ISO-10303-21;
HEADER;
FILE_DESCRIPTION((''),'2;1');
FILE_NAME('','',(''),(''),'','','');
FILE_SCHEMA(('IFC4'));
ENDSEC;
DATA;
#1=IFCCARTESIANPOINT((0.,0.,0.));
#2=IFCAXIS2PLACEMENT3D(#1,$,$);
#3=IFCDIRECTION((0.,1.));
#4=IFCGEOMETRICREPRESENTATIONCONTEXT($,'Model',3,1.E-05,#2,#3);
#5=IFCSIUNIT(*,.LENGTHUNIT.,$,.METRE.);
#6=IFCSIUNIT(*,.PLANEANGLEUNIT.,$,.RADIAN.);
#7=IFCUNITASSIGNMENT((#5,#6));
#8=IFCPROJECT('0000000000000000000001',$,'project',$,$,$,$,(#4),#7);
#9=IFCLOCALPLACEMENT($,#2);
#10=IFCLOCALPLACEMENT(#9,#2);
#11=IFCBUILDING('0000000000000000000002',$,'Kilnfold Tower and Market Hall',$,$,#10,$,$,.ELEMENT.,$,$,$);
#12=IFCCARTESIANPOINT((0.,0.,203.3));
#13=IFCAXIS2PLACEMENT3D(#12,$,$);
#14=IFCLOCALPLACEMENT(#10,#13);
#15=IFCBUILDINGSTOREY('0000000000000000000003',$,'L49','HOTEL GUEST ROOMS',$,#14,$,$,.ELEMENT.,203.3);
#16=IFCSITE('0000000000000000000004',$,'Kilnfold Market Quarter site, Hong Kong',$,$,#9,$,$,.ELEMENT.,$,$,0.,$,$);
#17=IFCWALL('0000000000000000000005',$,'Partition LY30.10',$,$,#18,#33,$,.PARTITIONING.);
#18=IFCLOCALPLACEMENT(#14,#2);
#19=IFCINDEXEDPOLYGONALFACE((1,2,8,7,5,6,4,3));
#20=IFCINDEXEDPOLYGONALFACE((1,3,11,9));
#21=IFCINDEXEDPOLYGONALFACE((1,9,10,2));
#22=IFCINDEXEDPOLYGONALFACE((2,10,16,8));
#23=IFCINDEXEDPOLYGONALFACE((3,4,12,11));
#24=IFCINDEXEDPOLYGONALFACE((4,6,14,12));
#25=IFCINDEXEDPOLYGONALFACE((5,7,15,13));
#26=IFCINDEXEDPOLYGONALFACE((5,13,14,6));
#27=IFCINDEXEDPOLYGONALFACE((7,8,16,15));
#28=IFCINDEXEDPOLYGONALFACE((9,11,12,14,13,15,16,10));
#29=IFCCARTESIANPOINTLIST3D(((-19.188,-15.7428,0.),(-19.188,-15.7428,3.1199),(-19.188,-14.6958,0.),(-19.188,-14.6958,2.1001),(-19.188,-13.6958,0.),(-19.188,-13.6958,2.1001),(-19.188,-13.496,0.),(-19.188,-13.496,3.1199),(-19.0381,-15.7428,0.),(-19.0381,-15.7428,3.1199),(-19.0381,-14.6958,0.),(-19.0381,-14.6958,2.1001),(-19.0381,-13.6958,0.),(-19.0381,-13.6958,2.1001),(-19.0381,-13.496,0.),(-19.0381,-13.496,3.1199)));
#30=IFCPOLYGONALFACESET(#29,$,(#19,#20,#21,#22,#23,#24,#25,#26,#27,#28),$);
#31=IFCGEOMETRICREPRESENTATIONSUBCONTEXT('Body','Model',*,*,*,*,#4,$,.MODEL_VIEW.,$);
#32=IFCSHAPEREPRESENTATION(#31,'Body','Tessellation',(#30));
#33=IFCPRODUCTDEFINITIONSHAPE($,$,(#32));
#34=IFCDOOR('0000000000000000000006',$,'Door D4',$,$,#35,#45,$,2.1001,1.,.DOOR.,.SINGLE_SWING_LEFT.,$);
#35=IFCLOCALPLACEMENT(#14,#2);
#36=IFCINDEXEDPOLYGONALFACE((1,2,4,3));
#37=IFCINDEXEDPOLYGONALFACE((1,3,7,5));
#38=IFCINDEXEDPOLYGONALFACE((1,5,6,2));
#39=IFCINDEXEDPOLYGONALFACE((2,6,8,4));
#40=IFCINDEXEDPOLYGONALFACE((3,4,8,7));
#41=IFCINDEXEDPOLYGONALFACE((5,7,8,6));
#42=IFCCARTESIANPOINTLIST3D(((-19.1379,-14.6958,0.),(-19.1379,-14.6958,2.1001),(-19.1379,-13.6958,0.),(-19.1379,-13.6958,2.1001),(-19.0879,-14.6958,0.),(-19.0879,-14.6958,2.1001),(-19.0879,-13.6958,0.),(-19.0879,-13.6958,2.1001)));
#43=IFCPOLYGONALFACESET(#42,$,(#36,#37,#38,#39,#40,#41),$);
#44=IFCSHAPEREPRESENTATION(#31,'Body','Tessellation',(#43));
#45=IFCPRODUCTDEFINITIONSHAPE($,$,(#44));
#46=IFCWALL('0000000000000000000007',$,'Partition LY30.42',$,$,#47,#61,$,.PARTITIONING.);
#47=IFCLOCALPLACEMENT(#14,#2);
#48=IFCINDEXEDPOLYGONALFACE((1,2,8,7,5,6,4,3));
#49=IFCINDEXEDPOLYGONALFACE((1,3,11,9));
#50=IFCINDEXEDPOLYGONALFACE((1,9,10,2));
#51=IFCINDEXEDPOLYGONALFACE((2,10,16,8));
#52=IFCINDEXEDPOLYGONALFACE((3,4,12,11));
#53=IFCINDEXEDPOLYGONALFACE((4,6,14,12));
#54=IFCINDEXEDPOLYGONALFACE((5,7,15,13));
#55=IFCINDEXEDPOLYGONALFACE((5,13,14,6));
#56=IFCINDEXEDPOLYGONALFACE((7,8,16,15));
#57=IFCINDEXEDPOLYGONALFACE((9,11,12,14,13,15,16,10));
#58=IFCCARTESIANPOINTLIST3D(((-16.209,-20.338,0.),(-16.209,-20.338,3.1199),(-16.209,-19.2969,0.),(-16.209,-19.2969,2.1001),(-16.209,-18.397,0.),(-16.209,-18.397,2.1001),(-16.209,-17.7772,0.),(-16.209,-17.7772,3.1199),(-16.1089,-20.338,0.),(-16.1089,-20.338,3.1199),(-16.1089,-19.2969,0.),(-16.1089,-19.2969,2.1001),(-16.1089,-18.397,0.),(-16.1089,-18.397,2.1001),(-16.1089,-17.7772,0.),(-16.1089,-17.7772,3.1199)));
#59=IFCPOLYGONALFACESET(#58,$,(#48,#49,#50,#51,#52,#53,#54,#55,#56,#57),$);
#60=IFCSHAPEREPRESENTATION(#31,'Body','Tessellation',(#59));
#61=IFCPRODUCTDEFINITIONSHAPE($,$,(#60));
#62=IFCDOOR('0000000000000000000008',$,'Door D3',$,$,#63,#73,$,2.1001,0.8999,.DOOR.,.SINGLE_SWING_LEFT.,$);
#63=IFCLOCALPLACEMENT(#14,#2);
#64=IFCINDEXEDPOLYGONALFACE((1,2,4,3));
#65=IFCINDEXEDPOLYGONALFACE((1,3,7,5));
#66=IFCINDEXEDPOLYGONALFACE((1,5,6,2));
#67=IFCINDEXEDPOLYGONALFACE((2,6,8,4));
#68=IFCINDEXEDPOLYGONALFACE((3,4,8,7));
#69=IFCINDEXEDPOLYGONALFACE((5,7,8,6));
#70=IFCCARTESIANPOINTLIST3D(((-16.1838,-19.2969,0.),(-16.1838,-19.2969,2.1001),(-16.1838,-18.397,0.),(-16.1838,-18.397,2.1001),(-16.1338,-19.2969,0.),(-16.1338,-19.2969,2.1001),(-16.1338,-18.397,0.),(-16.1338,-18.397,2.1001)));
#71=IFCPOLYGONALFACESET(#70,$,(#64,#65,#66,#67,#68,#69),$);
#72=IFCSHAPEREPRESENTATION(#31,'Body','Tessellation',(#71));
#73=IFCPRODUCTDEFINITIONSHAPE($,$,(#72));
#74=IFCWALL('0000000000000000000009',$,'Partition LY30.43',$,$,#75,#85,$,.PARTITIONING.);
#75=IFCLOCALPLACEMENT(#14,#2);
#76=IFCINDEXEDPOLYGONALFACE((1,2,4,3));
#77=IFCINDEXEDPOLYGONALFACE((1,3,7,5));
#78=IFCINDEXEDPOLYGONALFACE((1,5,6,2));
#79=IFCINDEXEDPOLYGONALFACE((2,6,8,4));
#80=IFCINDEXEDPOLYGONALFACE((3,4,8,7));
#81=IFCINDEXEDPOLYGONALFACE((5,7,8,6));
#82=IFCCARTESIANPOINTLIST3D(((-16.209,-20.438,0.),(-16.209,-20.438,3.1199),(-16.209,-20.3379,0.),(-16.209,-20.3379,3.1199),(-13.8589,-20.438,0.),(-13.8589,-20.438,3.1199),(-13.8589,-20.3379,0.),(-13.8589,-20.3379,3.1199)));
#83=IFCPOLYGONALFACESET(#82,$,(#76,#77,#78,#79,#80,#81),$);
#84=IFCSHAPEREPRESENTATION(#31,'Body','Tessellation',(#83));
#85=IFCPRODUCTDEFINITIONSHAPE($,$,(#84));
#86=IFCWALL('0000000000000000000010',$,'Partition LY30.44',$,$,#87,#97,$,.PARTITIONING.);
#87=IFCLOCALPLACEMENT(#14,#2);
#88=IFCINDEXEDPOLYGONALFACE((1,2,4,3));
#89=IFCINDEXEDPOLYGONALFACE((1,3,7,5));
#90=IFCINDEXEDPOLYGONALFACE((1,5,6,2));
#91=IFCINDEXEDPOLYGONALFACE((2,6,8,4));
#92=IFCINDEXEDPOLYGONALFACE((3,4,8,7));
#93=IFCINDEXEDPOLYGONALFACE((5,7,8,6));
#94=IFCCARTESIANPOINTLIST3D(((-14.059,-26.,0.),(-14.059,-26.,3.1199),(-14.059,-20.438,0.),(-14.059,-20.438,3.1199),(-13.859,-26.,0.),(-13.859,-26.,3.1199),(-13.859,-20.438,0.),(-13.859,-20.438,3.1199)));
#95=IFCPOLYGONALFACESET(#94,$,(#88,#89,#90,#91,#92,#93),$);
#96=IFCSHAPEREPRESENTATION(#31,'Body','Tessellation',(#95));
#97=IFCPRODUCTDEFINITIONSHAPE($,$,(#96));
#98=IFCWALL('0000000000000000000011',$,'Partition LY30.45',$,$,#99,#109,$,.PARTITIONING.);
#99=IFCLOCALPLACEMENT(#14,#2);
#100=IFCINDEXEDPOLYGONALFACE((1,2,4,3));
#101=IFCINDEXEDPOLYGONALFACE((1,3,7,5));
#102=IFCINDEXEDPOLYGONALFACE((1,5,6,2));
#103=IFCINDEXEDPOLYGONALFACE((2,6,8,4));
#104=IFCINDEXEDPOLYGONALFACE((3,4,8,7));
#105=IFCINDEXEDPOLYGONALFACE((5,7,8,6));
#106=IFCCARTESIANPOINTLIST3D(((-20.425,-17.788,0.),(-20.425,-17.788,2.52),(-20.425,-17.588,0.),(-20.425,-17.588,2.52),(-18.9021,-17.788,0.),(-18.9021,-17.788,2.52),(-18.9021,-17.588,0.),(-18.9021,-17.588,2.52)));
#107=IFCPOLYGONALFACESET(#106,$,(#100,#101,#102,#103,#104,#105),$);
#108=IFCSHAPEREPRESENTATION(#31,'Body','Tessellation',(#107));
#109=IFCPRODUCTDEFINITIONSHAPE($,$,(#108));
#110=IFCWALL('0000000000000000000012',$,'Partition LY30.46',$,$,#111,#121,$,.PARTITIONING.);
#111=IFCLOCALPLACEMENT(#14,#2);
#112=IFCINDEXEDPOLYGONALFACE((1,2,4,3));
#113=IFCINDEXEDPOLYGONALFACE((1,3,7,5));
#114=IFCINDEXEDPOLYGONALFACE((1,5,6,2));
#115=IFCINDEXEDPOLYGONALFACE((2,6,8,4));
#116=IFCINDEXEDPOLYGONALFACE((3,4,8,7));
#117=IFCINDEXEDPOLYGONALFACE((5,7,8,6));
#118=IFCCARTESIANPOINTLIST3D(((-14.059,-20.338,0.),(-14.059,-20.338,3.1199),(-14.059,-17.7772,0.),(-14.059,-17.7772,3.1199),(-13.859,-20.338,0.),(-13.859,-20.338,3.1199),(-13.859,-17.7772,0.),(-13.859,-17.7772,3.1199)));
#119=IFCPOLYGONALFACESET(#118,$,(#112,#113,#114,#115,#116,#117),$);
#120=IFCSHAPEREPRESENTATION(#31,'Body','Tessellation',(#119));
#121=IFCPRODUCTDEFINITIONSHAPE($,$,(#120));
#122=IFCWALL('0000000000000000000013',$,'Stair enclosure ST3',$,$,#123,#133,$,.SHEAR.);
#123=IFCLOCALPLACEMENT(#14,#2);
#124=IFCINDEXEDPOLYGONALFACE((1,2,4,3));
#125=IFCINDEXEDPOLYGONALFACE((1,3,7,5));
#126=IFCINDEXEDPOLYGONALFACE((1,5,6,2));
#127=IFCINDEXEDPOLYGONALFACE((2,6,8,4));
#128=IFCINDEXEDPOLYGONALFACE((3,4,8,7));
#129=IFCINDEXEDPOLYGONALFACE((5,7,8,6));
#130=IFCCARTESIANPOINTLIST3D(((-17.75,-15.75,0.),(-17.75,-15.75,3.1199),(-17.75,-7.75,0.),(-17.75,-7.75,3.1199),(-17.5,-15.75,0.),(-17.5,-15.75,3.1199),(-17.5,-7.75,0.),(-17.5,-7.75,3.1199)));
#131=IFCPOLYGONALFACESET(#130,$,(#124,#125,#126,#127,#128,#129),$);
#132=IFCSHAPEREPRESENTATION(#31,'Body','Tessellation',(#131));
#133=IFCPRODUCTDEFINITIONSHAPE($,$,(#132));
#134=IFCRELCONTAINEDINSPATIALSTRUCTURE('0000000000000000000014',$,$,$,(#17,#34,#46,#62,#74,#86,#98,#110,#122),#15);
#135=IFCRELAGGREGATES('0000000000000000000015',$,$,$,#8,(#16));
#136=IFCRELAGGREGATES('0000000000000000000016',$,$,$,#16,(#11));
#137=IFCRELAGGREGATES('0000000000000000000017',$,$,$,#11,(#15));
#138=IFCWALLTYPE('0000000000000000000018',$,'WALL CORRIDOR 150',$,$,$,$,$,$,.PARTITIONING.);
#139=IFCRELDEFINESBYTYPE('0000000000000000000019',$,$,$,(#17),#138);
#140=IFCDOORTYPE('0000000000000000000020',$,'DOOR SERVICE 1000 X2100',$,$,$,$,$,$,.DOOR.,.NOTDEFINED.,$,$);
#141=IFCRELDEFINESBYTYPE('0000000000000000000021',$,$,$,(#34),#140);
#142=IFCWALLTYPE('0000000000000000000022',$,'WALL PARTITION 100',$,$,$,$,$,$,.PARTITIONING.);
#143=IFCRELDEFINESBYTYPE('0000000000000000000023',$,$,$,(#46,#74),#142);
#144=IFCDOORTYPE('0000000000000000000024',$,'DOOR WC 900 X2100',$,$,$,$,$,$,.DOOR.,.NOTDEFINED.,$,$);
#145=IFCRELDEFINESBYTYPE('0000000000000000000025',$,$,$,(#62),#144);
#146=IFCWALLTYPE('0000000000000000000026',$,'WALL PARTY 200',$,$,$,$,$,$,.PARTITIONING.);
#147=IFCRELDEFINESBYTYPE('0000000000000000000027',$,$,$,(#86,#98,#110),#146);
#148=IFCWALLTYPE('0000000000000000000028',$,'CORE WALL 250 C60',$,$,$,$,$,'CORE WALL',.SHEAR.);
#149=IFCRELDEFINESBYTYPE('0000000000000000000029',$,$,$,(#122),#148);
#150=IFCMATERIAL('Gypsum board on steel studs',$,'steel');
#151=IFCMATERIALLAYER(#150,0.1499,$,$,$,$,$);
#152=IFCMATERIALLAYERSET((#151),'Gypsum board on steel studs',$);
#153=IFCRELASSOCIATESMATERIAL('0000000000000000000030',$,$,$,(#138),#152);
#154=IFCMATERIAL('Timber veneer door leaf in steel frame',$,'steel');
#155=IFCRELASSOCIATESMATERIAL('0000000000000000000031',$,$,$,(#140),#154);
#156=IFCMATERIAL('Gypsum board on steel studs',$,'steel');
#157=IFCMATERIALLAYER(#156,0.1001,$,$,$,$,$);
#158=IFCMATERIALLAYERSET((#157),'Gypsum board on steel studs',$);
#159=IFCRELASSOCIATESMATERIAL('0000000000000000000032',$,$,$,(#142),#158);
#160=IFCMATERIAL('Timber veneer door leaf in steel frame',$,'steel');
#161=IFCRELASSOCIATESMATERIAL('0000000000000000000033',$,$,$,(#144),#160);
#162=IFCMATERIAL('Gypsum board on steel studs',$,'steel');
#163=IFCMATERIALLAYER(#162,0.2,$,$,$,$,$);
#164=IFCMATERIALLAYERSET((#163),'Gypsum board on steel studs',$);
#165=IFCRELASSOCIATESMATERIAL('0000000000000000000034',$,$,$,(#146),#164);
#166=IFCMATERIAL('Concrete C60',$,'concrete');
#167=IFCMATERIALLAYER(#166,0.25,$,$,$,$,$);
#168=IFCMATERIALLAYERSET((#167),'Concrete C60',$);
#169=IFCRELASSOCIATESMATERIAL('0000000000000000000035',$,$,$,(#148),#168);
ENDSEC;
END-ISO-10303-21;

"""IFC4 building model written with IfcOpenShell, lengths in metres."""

from ifc_helpers import new_model, si_unit, direction, frame, frame_2d, origin, place, context, subcontext, project, spatial, rectangle, extrude, source, transform, mapped, material, layer, layer_set, type_object, element, fill, save


model = new_model("IFC4")

# Units and contexts
model_context = context("Model", 3, precision=1e-05, world=origin(), true_north=direction((0.0, 1.0)))
body_context = subcontext(model_context, "Body", "Model", "MODEL_VIEW")
ifc_project = project(units=[si_unit("LENGTHUNIT", "METRE"), si_unit("PLANEANGLEUNIT", "RADIAN")], contexts=[model_context])

# Site, building, storey
site_placement = place(None, origin())
site = spatial("IfcSite", under=ifc_project, at=site_placement, Name="Kilnfold Market Quarter site, Hong Kong", CompositionType="ELEMENT", RefElevation=0.0)
building_placement = place(site_placement, origin())
building = spatial("IfcBuilding", under=site, at=building_placement, Name="Kilnfold Tower and Market Hall", CompositionType="ELEMENT")
storey_placement = place(building_placement, frame((0.0, 0.0, 203.3)))
storey = spatial("IfcBuildingStorey", under=building, at=storey_placement, Name="L49", Description="HOTEL GUEST ROOMS", CompositionType="ELEMENT", Elevation=203.3)

# Shared definitions
ifc_material_1 = material(Name="Gypsum board on steel studs", Category="steel")
ifc_layer_1 = layer(ifc_material_1, 0.1499)
ifc_layer_set_1 = layer_set([ifc_layer_1], Name="Gypsum board on steel studs")
wall_type_1 = type_object("IfcWallType", Name="WALL CORRIDOR 150", PredefinedType="PARTITIONING", material=ifc_layer_set_1)

# Walls, openings, doors
wall_1_placement = place(storey_placement, frame((-19.113, -15.7429, 0.0), z_axis=(0.0, 0.0, 1.0), x_axis=(0.0, 1.0, 0.0)))
wall_1 = element("IfcWall", 1, at=wall_1_placement, inside=storey, type_object=wall_type_1, Name="Partition LY30.10", PredefinedType="PARTITIONING", context=body_context, shape_type="SweptSolid", body=[
    extrude(rectangle(XDim=2.2468, YDim=0.1499, at=frame_2d((1.1235, 0.0))), origin(), (0.0, 0.0, 1.0), 3.1199),
])
opening_1_placement = place(wall_1_placement, frame((1.0471, 0.0, 0.0)))
opening_1 = element("IfcOpeningElement", 2, at=opening_1_placement, cuts=wall_1, PredefinedType="OPENING", context=body_context, shape_type="SweptSolid", body=[
    extrude(rectangle(XDim=1.0, YDim=2.1001, at=frame_2d((0.5, 1.05))), frame((0.0, 0.085, 0.0), z_axis=(0.0, -1.0, 0.0), x_axis=(1.0, 0.0, 0.0)), (0.0, 0.0, 1.0), 0.1699),
])
ifc_material_2 = material(Name="Timber veneer door leaf in steel frame", Category="steel")
door_type_1 = type_object("IfcDoorType", Name="DOOR SERVICE 1000 X2100", OperationType="NOTDEFINED", PredefinedType="DOOR", material=ifc_material_2)
door_1_placement = place(opening_1_placement, origin())
door_1 = element("IfcDoor", 3, at=door_1_placement, inside=storey, type_object=door_type_1, Name="Door D4", OperationType="SINGLE_SWING_LEFT", OverallHeight=2.1001, OverallWidth=1.0, PredefinedType="DOOR", context=body_context, shape_type="SweptSolid", body=[
    extrude(rectangle(XDim=1.0, YDim=2.1001, at=frame_2d((0.5, 1.05))), frame((0.0, 0.0249, 0.0), z_axis=(0.0, -1.0, 0.0), x_axis=(1.0, 0.0, 0.0)), (0.0, 0.0, 1.0), 0.05),
])
fill(opening_1, door_1)
ifc_material_3 = material(Name="Gypsum board on steel studs", Category="steel")
ifc_layer_2 = layer(ifc_material_3, 0.1001)
ifc_layer_set_2 = layer_set([ifc_layer_2], Name="Gypsum board on steel studs")
wall_type_2 = type_object("IfcWallType", Name="WALL PARTITION 100", PredefinedType="PARTITIONING", material=ifc_layer_set_2)
wall_2_placement = place(storey_placement, frame((-16.1589, -20.3379, 0.0), z_axis=(0.0, 0.0, 1.0), x_axis=(0.0, 1.0, 0.0)))
wall_2 = element("IfcWall", 4, at=wall_2_placement, inside=storey, type_object=wall_type_2, Name="Partition LY30.42", PredefinedType="PARTITIONING", context=body_context, shape_type="SweptSolid", body=[
    extrude(rectangle(XDim=2.5608, YDim=0.1001, at=frame_2d((1.2803, 0.0))), origin(), (0.0, 0.0, 1.0), 3.1199),
])
opening_2_placement = place(wall_2_placement, frame((1.041, 0.0, 0.0)))
opening_2 = element("IfcOpeningElement", 5, at=opening_2_placement, cuts=wall_2, PredefinedType="OPENING", context=body_context, shape_type="SweptSolid", body=[
    extrude(rectangle(XDim=0.8999, YDim=2.1001, at=frame_2d((0.45, 1.05))), frame((0.0, 0.0601, 0.0), z_axis=(0.0, -1.0, 0.0), x_axis=(1.0, 0.0, 0.0)), (0.0, 0.0, 1.0), 0.1201),
])
ifc_material_4 = material(Name="Timber veneer door leaf in steel frame", Category="steel")
door_type_2 = type_object("IfcDoorType", Name="DOOR WC 900 X2100", OperationType="NOTDEFINED", PredefinedType="DOOR", material=ifc_material_4)
door_2_placement = place(opening_2_placement, origin())
door_2 = element("IfcDoor", 6, at=door_2_placement, inside=storey, type_object=door_type_2, Name="Door D3", OperationType="SINGLE_SWING_LEFT", OverallHeight=2.1001, OverallWidth=0.8999, PredefinedType="DOOR", context=body_context, shape_type="SweptSolid", body=[
    extrude(rectangle(XDim=0.8999, YDim=2.1001, at=frame_2d((0.45, 1.05))), frame((0.0, 0.0249, 0.0), z_axis=(0.0, -1.0, 0.0), x_axis=(1.0, 0.0, 0.0)), (0.0, 0.0, 1.0), 0.05),
])
fill(opening_2, door_2)

# Walls
wall_3_placement = place(storey_placement, frame((-16.209, -20.3879, 0.0), z_axis=(0.0, 0.0, 1.0), x_axis=(1.0, 0.0, 0.0)))
element("IfcWall", 7, at=wall_3_placement, inside=storey, type_object=wall_type_2, Name="Partition LY30.43", PredefinedType="PARTITIONING", context=body_context, shape_type="SweptSolid", body=[
    extrude(rectangle(XDim=2.3501, YDim=0.1001, at=frame_2d((1.175, 0.0))), origin(), (0.0, 0.0, 1.0), 3.1199),
])
ifc_material_5 = material(Name="Gypsum board on steel studs", Category="steel")
ifc_layer_3 = layer(ifc_material_5, 0.2)
ifc_layer_set_3 = layer_set([ifc_layer_3], Name="Gypsum board on steel studs")
wall_type_3 = type_object("IfcWallType", Name="WALL PARTY 200", PredefinedType="PARTITIONING", material=ifc_layer_set_3)
wall_4_placement = place(storey_placement, frame((-13.959, -26.0, 0.0), z_axis=(0.0, 0.0, 1.0), x_axis=(0.0, 1.0, 0.0)))
element("IfcWall", 8, at=wall_4_placement, inside=storey, type_object=wall_type_3, Name="Partition LY30.44", PredefinedType="PARTITIONING", context=body_context, shape_type="SweptSolid", body=[
    extrude(rectangle(XDim=5.562, YDim=0.2, at=frame_2d((2.781, 0.0))), origin(), (0.0, 0.0, 1.0), 3.1199),
])
wall_5_placement = place(storey_placement, frame((-20.425, -17.688, 0.0), z_axis=(0.0, 0.0, 1.0), x_axis=(1.0, 0.0, 0.0)))
element("IfcWall", 9, at=wall_5_placement, inside=storey, type_object=wall_type_3, Name="Partition LY30.45", PredefinedType="PARTITIONING", context=body_context, shape_type="SweptSolid", body=[
    extrude(rectangle(XDim=1.5229, YDim=0.2, at=frame_2d((0.7615, 0.0))), origin(), (0.0, 0.0, 1.0), 2.52),
])
wall_6_placement = place(storey_placement, frame((-13.959, -20.3379, 0.0), z_axis=(0.0, 0.0, 1.0), x_axis=(0.0, 1.0, 0.0)))
element("IfcWall", 10, at=wall_6_placement, inside=storey, type_object=wall_type_3, Name="Partition LY30.46", PredefinedType="PARTITIONING", context=body_context, shape_type="SweptSolid", body=[
    extrude(rectangle(XDim=2.5608, YDim=0.2, at=frame_2d((1.2803, 0.0))), origin(), (0.0, 0.0, 1.0), 3.1199),
])
ifc_material_6 = material(Name="Concrete C60", Category="concrete")
ifc_layer_4 = layer(ifc_material_6, 0.25)
ifc_layer_set_4 = layer_set([ifc_layer_4], Name="Concrete C60")
wall_type_4 = type_object("IfcWallType", Name="CORE WALL 250 C60", ElementType="CORE WALL", PredefinedType="SHEAR", material=ifc_layer_set_4)
shared_shape_1 = source(origin(), body_context, "Body", "SweptSolid", [
    extrude(rectangle(XDim=8.0, YDim=0.25, at=frame_2d((4.0, 0.0))), origin(), (0.0, 0.0, 1.0), 3.1199),
])
wall_7_placement = place(storey_placement, frame((-17.625, -15.75, 0.0), z_axis=(0.0, 0.0, 1.0), x_axis=(0.0, 1.0, 0.0)))
element("IfcWall", 11, at=wall_7_placement, inside=storey, type_object=wall_type_4, Name="Stair enclosure ST3", PredefinedType="SHEAR", context=body_context, shape_type="MappedRepresentation", body=[
    mapped(shared_shape_1, transform((0.0, 0.0, 0.0))),
])

save(model, "model.ifc")
